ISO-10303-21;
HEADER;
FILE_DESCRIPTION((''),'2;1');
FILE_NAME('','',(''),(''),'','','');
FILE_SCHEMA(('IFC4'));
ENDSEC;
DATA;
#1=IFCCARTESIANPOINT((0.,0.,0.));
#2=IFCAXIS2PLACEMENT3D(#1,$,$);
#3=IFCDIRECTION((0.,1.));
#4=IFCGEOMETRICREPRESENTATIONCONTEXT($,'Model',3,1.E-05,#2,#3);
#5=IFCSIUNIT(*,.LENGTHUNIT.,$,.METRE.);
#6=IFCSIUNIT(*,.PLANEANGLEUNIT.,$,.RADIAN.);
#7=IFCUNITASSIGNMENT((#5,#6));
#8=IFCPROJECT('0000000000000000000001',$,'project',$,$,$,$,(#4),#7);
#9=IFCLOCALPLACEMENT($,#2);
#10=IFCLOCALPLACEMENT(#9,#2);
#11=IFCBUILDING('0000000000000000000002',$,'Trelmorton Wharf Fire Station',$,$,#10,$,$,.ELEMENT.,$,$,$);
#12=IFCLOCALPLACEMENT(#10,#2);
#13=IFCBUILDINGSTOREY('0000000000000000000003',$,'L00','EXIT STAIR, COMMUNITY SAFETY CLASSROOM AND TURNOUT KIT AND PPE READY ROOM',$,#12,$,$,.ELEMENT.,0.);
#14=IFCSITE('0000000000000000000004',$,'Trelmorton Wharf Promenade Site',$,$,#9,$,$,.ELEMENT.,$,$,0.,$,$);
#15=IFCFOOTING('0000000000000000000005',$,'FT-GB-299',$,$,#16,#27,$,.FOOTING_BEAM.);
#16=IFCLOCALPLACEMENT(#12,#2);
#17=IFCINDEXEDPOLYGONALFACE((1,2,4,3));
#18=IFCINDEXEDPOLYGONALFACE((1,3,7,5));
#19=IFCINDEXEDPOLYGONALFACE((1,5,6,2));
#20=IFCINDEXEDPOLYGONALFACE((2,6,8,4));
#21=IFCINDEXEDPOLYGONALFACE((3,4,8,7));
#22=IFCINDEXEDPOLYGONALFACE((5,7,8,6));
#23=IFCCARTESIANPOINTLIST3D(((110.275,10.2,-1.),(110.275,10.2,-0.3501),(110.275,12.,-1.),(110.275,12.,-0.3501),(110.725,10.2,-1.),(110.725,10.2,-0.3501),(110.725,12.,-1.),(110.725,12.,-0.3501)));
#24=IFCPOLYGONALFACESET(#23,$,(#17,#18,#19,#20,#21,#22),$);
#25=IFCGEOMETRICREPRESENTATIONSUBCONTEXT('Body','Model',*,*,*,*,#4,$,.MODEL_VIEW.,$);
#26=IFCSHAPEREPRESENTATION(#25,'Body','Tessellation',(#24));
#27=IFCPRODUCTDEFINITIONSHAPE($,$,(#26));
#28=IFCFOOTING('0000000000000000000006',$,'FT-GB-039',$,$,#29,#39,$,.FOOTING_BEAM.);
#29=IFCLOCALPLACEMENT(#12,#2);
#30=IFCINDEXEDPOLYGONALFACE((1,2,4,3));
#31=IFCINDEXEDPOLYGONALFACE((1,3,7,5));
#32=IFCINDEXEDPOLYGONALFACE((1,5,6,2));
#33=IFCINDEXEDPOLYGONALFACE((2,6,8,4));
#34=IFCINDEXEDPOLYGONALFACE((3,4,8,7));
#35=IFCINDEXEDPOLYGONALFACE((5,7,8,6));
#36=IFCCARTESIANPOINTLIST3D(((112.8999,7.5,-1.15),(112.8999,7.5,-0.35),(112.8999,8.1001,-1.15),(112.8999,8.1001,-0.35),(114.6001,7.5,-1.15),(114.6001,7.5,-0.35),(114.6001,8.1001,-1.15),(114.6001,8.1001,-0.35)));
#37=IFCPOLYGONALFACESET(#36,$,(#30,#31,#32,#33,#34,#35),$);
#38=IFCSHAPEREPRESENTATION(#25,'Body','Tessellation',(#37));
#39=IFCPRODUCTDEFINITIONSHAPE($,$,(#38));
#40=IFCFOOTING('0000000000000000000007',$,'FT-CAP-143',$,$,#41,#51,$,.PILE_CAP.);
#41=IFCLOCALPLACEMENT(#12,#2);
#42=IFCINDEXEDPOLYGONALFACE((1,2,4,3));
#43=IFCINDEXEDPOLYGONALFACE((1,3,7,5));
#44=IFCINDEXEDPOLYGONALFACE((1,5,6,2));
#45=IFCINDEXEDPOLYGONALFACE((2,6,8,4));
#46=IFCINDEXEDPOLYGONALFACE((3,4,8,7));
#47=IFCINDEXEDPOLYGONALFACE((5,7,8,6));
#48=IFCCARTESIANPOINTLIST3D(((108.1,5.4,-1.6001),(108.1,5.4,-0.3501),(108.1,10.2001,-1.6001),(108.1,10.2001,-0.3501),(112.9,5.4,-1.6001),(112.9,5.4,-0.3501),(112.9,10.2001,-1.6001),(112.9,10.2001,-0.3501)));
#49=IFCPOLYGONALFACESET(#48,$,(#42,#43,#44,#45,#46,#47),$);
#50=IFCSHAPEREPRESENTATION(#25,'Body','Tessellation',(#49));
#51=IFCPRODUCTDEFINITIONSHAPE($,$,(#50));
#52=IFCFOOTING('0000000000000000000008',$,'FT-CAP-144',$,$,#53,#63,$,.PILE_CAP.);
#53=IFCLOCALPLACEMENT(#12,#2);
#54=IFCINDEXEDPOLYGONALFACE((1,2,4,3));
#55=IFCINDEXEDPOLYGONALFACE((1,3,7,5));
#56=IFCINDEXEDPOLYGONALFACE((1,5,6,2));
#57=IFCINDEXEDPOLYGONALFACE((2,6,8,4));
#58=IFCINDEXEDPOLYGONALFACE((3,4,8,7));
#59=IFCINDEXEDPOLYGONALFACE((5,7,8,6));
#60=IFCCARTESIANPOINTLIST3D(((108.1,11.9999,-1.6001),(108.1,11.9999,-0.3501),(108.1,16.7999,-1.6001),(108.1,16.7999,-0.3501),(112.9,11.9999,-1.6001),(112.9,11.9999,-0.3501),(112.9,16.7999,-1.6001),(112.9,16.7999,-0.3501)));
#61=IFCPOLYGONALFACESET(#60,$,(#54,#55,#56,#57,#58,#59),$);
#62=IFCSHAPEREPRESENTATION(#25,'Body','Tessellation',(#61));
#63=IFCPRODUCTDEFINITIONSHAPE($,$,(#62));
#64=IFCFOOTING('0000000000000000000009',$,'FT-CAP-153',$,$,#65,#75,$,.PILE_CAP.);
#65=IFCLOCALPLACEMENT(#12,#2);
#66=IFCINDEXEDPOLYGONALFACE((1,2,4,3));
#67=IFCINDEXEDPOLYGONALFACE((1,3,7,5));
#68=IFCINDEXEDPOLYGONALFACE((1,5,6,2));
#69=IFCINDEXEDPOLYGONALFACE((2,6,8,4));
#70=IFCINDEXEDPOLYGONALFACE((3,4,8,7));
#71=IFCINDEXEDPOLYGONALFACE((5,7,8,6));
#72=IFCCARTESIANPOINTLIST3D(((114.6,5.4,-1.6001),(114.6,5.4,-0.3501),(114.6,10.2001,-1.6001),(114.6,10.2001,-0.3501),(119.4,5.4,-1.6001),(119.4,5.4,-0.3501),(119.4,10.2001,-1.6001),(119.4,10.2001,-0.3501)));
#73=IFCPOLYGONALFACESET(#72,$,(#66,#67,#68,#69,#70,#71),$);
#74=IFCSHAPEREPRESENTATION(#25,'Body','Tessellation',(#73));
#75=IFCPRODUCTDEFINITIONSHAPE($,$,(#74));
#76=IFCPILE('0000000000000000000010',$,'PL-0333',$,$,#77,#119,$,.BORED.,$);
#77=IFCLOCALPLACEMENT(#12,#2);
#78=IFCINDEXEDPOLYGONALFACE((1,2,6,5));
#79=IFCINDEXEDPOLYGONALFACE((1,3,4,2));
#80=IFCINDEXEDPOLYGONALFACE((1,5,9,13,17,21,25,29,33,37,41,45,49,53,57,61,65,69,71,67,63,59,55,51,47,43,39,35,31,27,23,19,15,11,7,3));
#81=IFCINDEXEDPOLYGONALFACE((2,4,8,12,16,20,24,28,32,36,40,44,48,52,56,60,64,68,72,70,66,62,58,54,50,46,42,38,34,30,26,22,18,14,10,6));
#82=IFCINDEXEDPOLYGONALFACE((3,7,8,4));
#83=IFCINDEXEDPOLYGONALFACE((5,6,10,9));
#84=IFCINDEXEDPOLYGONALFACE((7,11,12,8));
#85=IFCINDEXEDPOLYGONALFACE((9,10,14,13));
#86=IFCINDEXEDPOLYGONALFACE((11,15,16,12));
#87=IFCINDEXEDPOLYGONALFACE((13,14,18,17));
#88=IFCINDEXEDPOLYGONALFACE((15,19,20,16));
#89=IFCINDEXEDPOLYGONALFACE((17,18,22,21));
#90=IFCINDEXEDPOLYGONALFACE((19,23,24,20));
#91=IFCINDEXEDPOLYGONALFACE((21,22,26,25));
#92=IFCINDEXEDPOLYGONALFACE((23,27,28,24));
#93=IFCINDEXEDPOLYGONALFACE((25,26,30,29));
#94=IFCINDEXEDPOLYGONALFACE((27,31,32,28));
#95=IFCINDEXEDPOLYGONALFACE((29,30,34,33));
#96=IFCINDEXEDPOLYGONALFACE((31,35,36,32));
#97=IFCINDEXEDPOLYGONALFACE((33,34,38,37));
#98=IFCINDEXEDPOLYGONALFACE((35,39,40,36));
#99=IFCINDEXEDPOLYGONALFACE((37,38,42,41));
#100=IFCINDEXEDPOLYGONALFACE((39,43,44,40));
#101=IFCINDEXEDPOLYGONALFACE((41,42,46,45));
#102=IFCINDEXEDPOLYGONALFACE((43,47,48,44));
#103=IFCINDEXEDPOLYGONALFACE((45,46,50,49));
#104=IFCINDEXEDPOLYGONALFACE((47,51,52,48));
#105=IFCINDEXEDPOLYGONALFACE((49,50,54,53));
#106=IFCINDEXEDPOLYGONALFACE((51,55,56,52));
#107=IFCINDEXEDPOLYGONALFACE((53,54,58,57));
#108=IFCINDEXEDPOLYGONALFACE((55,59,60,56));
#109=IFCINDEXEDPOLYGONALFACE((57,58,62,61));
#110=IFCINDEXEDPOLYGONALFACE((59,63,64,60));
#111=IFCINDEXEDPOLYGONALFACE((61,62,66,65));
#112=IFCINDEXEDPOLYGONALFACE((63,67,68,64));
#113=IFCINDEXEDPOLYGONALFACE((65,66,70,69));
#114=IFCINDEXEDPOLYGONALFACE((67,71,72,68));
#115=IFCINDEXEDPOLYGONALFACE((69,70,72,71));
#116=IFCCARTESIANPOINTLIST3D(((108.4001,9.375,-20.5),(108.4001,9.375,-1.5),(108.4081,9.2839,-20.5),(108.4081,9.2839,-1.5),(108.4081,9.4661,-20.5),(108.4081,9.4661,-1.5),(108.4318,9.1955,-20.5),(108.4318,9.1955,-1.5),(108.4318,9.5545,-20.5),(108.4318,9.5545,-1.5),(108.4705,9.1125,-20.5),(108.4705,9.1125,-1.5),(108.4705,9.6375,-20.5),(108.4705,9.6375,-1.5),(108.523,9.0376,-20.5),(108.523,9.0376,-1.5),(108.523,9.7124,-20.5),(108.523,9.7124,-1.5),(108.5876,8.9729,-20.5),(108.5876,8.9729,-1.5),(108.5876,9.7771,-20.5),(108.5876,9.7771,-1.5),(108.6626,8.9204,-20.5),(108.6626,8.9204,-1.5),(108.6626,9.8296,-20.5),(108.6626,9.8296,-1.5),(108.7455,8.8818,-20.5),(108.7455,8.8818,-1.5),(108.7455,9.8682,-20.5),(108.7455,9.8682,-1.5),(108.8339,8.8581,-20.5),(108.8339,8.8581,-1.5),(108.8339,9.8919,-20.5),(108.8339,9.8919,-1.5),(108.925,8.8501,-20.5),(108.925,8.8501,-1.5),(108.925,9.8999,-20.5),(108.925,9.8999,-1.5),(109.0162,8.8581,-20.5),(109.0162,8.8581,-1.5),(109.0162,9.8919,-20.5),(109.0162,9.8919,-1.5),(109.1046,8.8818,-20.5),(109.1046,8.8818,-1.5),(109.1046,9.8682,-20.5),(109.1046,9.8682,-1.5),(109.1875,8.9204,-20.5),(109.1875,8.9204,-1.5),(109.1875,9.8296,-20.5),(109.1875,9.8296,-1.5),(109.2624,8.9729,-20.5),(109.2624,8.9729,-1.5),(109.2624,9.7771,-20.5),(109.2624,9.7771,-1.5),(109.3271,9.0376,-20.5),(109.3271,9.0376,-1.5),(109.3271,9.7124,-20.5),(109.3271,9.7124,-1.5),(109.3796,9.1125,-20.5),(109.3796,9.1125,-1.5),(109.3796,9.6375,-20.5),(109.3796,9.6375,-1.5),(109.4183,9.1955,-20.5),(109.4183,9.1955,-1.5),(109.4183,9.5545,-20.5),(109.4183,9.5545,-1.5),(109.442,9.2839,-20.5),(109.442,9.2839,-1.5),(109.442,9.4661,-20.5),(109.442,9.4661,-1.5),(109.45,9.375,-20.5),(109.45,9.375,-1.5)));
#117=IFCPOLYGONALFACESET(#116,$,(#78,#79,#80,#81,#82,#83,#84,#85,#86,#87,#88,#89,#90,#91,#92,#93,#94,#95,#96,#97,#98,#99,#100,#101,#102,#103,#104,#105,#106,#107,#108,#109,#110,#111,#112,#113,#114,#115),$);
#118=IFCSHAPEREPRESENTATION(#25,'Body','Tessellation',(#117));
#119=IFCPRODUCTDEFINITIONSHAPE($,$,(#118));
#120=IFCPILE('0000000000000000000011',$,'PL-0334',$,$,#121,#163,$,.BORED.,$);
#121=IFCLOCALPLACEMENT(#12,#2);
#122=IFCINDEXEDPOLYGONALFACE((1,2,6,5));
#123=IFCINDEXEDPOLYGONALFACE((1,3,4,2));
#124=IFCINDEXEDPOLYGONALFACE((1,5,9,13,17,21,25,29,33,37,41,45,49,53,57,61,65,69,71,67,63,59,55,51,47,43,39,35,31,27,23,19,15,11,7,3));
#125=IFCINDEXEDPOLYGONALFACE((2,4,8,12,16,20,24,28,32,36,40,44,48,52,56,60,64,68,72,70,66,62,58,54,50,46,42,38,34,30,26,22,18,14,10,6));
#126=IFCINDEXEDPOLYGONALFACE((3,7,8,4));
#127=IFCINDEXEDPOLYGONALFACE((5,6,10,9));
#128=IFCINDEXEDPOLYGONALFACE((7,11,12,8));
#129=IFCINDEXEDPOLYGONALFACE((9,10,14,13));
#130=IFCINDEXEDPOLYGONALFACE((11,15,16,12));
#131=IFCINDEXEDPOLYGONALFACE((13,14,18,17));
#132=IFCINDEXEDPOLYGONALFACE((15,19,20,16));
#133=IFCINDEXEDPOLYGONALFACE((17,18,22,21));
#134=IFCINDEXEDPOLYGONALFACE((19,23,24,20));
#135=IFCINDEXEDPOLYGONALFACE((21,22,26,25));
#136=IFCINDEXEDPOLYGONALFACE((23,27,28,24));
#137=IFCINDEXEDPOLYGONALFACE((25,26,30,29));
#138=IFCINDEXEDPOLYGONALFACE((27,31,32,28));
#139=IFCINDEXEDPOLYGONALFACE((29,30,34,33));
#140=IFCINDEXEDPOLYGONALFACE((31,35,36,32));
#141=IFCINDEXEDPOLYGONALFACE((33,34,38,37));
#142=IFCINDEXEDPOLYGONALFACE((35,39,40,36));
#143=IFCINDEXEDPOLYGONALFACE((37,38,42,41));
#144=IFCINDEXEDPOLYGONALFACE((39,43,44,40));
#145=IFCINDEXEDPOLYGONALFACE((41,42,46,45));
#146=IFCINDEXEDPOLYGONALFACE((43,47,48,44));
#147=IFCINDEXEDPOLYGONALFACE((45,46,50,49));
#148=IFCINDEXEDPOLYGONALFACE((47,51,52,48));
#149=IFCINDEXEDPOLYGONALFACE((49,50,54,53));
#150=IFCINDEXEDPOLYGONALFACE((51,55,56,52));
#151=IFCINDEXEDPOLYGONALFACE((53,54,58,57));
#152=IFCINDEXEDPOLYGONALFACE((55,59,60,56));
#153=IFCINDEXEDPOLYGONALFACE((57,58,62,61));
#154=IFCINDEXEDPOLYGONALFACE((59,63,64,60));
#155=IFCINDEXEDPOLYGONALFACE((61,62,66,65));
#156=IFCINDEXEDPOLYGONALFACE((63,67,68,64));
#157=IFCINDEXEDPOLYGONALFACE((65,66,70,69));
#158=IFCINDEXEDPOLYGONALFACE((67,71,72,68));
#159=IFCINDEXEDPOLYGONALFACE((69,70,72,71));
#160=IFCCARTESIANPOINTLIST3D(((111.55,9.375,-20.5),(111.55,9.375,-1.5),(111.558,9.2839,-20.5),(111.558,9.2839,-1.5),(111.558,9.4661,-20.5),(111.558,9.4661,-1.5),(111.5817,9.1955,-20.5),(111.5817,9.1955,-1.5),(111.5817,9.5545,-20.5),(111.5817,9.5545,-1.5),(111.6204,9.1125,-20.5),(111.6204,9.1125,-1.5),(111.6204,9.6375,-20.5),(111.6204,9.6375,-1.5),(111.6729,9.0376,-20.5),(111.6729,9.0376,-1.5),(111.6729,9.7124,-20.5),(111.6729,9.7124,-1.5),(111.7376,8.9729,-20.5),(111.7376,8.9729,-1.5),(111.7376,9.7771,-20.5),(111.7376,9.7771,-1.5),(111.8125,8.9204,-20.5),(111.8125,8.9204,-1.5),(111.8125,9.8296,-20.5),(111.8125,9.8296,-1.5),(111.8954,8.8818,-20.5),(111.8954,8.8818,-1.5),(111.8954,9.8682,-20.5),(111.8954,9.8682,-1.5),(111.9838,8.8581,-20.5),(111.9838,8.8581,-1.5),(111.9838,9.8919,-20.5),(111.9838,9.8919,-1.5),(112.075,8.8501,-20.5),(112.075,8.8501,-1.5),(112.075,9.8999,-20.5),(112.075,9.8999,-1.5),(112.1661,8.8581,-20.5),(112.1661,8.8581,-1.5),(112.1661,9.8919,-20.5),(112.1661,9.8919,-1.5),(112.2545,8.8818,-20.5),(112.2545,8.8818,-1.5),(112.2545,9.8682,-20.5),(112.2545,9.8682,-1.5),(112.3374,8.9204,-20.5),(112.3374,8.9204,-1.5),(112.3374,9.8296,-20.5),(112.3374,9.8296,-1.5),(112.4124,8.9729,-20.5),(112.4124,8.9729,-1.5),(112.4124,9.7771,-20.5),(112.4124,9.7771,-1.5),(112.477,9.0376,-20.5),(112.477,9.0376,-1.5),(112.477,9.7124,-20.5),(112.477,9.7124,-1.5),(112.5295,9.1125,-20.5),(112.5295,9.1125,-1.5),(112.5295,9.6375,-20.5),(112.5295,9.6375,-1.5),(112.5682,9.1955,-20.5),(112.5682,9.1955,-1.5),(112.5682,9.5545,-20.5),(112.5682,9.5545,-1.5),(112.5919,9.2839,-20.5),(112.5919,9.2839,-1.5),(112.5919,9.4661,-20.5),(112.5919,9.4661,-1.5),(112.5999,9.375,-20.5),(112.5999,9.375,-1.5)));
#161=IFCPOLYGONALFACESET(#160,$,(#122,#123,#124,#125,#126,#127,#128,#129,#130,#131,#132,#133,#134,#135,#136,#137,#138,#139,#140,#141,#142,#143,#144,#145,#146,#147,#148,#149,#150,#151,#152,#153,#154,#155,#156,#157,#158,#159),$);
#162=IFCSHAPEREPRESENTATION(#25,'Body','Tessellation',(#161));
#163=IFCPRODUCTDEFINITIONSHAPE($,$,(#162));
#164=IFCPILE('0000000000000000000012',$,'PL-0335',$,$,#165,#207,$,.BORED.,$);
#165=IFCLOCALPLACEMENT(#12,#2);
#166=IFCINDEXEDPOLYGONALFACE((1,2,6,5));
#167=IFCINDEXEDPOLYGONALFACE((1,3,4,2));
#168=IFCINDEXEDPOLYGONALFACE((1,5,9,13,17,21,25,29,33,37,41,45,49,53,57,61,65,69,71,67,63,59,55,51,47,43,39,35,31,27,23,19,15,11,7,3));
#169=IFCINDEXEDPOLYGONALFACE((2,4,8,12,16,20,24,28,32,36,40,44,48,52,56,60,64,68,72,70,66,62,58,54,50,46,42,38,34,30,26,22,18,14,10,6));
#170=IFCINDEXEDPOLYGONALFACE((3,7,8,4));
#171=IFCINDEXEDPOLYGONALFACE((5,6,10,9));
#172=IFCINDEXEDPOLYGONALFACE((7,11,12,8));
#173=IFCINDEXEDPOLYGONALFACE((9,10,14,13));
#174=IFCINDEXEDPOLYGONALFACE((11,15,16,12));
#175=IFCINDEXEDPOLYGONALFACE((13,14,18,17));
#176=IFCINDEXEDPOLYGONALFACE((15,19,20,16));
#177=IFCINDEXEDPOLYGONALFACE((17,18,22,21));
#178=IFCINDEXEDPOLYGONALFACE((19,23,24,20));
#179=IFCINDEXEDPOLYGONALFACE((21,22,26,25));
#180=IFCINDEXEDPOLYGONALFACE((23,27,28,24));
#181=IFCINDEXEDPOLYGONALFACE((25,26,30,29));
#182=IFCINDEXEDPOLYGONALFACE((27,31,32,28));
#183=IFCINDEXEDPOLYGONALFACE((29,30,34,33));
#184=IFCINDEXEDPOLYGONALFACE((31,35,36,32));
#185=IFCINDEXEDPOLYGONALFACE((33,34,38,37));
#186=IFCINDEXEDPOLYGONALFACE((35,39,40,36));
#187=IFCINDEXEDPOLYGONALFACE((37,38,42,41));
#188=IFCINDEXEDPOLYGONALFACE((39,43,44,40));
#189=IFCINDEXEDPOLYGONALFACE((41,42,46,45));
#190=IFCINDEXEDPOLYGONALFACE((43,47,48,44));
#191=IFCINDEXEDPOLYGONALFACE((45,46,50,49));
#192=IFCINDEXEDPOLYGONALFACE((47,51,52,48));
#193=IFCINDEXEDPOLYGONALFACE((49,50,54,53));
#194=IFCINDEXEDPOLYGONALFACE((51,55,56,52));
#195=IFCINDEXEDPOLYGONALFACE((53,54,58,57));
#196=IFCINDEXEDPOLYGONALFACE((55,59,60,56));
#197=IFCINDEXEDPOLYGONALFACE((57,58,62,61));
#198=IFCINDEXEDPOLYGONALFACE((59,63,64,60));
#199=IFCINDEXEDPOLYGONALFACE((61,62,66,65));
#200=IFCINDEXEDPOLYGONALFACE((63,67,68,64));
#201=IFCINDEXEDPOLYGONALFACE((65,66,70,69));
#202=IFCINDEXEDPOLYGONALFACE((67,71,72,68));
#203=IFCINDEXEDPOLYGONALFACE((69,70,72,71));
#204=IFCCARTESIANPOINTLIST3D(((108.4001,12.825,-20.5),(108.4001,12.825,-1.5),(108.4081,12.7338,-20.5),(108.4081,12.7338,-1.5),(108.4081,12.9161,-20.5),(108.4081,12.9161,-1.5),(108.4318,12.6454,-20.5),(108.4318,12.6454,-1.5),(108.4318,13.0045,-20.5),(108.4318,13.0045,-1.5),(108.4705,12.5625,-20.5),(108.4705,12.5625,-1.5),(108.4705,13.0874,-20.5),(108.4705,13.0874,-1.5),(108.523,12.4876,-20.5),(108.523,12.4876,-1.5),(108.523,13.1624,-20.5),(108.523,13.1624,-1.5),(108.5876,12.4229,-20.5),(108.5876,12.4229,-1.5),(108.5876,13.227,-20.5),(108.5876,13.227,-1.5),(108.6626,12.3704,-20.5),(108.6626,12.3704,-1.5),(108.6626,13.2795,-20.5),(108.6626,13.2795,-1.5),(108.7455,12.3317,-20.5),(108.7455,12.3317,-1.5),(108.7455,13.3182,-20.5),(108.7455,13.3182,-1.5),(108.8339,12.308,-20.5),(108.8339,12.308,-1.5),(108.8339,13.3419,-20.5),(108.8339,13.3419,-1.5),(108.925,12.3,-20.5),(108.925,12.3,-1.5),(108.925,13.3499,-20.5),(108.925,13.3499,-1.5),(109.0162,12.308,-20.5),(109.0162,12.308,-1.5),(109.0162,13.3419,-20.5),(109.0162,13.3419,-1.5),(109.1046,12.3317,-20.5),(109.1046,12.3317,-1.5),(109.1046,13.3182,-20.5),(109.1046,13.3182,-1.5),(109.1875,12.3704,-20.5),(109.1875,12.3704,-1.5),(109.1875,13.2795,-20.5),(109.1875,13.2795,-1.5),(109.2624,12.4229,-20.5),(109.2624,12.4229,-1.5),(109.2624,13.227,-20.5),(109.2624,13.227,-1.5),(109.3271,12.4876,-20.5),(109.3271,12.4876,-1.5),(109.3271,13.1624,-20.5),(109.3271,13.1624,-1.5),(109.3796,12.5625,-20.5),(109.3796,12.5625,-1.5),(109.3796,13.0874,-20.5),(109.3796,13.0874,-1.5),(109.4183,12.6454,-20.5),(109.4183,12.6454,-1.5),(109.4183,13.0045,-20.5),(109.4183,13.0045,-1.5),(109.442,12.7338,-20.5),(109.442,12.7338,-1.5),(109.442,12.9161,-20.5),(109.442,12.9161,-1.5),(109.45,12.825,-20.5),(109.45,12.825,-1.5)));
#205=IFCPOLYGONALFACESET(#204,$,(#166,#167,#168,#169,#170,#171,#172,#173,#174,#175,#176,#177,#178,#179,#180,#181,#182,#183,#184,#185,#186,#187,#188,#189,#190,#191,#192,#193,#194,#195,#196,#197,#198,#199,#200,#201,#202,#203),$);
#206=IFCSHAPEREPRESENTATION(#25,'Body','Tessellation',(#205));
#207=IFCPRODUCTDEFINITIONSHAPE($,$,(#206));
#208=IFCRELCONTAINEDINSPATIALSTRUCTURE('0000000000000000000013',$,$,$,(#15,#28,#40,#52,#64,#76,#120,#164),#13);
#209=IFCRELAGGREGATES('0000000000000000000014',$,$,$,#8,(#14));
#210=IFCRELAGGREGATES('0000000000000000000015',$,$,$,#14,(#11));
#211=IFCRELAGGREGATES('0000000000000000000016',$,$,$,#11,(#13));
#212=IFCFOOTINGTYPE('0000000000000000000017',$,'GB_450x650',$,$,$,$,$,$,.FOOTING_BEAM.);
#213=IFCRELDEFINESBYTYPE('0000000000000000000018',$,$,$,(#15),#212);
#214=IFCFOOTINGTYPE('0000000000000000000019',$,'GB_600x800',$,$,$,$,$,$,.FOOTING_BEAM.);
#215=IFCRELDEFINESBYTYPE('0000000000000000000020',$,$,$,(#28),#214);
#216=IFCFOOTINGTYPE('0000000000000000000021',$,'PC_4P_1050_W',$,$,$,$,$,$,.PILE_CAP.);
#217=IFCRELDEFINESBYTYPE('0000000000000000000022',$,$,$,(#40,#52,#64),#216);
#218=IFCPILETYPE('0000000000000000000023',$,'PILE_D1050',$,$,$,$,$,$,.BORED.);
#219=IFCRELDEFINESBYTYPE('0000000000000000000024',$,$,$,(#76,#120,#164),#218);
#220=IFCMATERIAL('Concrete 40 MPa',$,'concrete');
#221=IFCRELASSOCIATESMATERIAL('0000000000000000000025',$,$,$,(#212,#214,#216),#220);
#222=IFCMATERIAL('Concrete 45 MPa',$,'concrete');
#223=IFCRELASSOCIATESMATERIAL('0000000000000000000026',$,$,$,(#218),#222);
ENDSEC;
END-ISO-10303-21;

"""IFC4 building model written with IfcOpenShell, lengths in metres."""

from ifc_helpers import new_model, si_unit, direction, frame, origin, origin_2d, place, context, subcontext, project, spatial, rectangle, circle, extrude, material, material_profile, profile_set, type_object, element, save


model = new_model("IFC4")

# Units and contexts
model_context = context("Model", 3, precision=1e-05, world=origin(), true_north=direction((0.0, 1.0)))
body_context = subcontext(model_context, "Body", "Model", "MODEL_VIEW")
ifc_project = project(units=[si_unit("LENGTHUNIT", "METRE"), si_unit("PLANEANGLEUNIT", "RADIAN")], contexts=[model_context])

# Site, building, storey
site_placement = place(None, origin())
site = spatial("IfcSite", under=ifc_project, at=site_placement, Name="Trelmorton Wharf Promenade Site", CompositionType="ELEMENT", RefElevation=0.0)
building_placement = place(site_placement, origin())
building = spatial("IfcBuilding", under=site, at=building_placement, Name="Trelmorton Wharf Fire Station", CompositionType="ELEMENT")
storey_placement = place(building_placement, origin())
storey = spatial("IfcBuildingStorey", under=building, at=storey_placement, Name="L00", Description="EXIT STAIR, COMMUNITY SAFETY CLASSROOM AND TURNOUT KIT AND PPE READY ROOM", CompositionType="ELEMENT", Elevation=0.0)

# Footings
ifc_material_1 = material(Name="Concrete 40 MPa", Category="concrete")
ifc_material_profile_1 = material_profile(ifc_material_1, rectangle(XDim=0.45, YDim=0.6499, at=origin_2d()), Name="RC450x650")
ifc_profile_set_1 = profile_set([ifc_material_profile_1], Name="Concrete 40 MPa")
footing_type_1 = type_object("IfcFootingType", Name="GB_450x650", PredefinedType="FOOTING_BEAM", material=ifc_profile_set_1)
footing_1_placement = place(storey_placement, frame((110.5, 10.2, -0.675), z_axis=(0.0, 1.0, 0.0), x_axis=(-1.0, 0.0, 0.0)))
element("IfcFooting", 1, at=footing_1_placement, inside=storey, type_object=footing_type_1, Name="FT-GB-299", PredefinedType="FOOTING_BEAM", context=body_context, shape_type="SweptSolid", body=[
    extrude(rectangle(XDim=0.45, YDim=0.6499, at=origin_2d()), origin(), (0.0, 0.0, 1.0), 1.8),
])
ifc_material_profile_2 = material_profile(ifc_material_1, rectangle(XDim=0.6001, YDim=0.8, at=origin_2d()), Name="RC600x800")
ifc_profile_set_2 = profile_set([ifc_material_profile_2], Name="Concrete 40 MPa")
footing_type_2 = type_object("IfcFootingType", Name="GB_600x800", PredefinedType="FOOTING_BEAM", material=ifc_profile_set_2)
footing_2_placement = place(storey_placement, frame((112.8999, 7.8, -0.75), z_axis=(1.0, 0.0, 0.0), x_axis=(0.0, 1.0, 0.0)))
element("IfcFooting", 2, at=footing_2_placement, inside=storey, type_object=footing_type_2, Name="FT-GB-039", PredefinedType="FOOTING_BEAM", context=body_context, shape_type="SweptSolid", body=[
    extrude(rectangle(XDim=0.6001, YDim=0.8, at=origin_2d()), origin(), (0.0, 0.0, 1.0), 1.7002),
])
footing_type_3 = type_object("IfcFootingType", Name="PC_4P_1050_W", PredefinedType="PILE_CAP", material=ifc_material_1)
for number, where, z_axis, x_axis, name in (
    (3, (110.5, 7.8, -1.6001), (0.0, 0.0, 1.0), (1.0, 0.0, 0.0), "FT-CAP-143"),
    (4, (110.5, 14.3999, -1.6001), (0.0, 0.0, 1.0), (1.0, 0.0, 0.0), "FT-CAP-144"),
    (5, (117.0, 7.8, -1.6001), (0.0, 0.0, 1.0), (1.0, 0.0, 0.0), "FT-CAP-153"),
):
    element("IfcFooting", number, at=place(storey_placement, frame(where, z_axis=z_axis, x_axis=x_axis)), inside=storey, type_object=footing_type_3, Name=name, PredefinedType="PILE_CAP", context=body_context, shape_type="SweptSolid", body=[
        extrude(rectangle(XDim=4.8, YDim=4.8, at=origin_2d()), origin(), (0.0, 0.0, 1.0), 1.25),
    ])

# Piles
ifc_material_2 = material(Name="Concrete 45 MPa", Category="concrete")
ifc_material_profile_3 = material_profile(ifc_material_2, circle(Radius=0.5249, at=origin_2d()), Name="PILE-D1050")
ifc_profile_set_3 = profile_set([ifc_material_profile_3], Name="Concrete 45 MPa")
pile_type = type_object("IfcPileType", Name="PILE_D1050", PredefinedType="BORED", material=ifc_profile_set_3)
for number, where, z_axis, x_axis, name in (
    (6, (108.925, 9.375, -1.5), (0.0, 0.0, -1.0), (1.0, 0.0, 0.0), "PL-0333"),
    (7, (112.075, 9.375, -1.5), (0.0, 0.0, -1.0), (1.0, 0.0, 0.0), "PL-0334"),
    (8, (108.925, 12.825, -1.5), (0.0, 0.0, -1.0), (1.0, 0.0, 0.0), "PL-0335"),
):
    element("IfcPile", number, at=place(storey_placement, frame(where, z_axis=z_axis, x_axis=x_axis)), inside=storey, type_object=pile_type, Name=name, PredefinedType="BORED", context=body_context, shape_type="SweptSolid", body=[
        extrude(circle(Radius=0.5249, at=origin_2d()), origin(), (0.0, 0.0, 1.0), 19.0),
    ])

save(model, "model.ifc")
